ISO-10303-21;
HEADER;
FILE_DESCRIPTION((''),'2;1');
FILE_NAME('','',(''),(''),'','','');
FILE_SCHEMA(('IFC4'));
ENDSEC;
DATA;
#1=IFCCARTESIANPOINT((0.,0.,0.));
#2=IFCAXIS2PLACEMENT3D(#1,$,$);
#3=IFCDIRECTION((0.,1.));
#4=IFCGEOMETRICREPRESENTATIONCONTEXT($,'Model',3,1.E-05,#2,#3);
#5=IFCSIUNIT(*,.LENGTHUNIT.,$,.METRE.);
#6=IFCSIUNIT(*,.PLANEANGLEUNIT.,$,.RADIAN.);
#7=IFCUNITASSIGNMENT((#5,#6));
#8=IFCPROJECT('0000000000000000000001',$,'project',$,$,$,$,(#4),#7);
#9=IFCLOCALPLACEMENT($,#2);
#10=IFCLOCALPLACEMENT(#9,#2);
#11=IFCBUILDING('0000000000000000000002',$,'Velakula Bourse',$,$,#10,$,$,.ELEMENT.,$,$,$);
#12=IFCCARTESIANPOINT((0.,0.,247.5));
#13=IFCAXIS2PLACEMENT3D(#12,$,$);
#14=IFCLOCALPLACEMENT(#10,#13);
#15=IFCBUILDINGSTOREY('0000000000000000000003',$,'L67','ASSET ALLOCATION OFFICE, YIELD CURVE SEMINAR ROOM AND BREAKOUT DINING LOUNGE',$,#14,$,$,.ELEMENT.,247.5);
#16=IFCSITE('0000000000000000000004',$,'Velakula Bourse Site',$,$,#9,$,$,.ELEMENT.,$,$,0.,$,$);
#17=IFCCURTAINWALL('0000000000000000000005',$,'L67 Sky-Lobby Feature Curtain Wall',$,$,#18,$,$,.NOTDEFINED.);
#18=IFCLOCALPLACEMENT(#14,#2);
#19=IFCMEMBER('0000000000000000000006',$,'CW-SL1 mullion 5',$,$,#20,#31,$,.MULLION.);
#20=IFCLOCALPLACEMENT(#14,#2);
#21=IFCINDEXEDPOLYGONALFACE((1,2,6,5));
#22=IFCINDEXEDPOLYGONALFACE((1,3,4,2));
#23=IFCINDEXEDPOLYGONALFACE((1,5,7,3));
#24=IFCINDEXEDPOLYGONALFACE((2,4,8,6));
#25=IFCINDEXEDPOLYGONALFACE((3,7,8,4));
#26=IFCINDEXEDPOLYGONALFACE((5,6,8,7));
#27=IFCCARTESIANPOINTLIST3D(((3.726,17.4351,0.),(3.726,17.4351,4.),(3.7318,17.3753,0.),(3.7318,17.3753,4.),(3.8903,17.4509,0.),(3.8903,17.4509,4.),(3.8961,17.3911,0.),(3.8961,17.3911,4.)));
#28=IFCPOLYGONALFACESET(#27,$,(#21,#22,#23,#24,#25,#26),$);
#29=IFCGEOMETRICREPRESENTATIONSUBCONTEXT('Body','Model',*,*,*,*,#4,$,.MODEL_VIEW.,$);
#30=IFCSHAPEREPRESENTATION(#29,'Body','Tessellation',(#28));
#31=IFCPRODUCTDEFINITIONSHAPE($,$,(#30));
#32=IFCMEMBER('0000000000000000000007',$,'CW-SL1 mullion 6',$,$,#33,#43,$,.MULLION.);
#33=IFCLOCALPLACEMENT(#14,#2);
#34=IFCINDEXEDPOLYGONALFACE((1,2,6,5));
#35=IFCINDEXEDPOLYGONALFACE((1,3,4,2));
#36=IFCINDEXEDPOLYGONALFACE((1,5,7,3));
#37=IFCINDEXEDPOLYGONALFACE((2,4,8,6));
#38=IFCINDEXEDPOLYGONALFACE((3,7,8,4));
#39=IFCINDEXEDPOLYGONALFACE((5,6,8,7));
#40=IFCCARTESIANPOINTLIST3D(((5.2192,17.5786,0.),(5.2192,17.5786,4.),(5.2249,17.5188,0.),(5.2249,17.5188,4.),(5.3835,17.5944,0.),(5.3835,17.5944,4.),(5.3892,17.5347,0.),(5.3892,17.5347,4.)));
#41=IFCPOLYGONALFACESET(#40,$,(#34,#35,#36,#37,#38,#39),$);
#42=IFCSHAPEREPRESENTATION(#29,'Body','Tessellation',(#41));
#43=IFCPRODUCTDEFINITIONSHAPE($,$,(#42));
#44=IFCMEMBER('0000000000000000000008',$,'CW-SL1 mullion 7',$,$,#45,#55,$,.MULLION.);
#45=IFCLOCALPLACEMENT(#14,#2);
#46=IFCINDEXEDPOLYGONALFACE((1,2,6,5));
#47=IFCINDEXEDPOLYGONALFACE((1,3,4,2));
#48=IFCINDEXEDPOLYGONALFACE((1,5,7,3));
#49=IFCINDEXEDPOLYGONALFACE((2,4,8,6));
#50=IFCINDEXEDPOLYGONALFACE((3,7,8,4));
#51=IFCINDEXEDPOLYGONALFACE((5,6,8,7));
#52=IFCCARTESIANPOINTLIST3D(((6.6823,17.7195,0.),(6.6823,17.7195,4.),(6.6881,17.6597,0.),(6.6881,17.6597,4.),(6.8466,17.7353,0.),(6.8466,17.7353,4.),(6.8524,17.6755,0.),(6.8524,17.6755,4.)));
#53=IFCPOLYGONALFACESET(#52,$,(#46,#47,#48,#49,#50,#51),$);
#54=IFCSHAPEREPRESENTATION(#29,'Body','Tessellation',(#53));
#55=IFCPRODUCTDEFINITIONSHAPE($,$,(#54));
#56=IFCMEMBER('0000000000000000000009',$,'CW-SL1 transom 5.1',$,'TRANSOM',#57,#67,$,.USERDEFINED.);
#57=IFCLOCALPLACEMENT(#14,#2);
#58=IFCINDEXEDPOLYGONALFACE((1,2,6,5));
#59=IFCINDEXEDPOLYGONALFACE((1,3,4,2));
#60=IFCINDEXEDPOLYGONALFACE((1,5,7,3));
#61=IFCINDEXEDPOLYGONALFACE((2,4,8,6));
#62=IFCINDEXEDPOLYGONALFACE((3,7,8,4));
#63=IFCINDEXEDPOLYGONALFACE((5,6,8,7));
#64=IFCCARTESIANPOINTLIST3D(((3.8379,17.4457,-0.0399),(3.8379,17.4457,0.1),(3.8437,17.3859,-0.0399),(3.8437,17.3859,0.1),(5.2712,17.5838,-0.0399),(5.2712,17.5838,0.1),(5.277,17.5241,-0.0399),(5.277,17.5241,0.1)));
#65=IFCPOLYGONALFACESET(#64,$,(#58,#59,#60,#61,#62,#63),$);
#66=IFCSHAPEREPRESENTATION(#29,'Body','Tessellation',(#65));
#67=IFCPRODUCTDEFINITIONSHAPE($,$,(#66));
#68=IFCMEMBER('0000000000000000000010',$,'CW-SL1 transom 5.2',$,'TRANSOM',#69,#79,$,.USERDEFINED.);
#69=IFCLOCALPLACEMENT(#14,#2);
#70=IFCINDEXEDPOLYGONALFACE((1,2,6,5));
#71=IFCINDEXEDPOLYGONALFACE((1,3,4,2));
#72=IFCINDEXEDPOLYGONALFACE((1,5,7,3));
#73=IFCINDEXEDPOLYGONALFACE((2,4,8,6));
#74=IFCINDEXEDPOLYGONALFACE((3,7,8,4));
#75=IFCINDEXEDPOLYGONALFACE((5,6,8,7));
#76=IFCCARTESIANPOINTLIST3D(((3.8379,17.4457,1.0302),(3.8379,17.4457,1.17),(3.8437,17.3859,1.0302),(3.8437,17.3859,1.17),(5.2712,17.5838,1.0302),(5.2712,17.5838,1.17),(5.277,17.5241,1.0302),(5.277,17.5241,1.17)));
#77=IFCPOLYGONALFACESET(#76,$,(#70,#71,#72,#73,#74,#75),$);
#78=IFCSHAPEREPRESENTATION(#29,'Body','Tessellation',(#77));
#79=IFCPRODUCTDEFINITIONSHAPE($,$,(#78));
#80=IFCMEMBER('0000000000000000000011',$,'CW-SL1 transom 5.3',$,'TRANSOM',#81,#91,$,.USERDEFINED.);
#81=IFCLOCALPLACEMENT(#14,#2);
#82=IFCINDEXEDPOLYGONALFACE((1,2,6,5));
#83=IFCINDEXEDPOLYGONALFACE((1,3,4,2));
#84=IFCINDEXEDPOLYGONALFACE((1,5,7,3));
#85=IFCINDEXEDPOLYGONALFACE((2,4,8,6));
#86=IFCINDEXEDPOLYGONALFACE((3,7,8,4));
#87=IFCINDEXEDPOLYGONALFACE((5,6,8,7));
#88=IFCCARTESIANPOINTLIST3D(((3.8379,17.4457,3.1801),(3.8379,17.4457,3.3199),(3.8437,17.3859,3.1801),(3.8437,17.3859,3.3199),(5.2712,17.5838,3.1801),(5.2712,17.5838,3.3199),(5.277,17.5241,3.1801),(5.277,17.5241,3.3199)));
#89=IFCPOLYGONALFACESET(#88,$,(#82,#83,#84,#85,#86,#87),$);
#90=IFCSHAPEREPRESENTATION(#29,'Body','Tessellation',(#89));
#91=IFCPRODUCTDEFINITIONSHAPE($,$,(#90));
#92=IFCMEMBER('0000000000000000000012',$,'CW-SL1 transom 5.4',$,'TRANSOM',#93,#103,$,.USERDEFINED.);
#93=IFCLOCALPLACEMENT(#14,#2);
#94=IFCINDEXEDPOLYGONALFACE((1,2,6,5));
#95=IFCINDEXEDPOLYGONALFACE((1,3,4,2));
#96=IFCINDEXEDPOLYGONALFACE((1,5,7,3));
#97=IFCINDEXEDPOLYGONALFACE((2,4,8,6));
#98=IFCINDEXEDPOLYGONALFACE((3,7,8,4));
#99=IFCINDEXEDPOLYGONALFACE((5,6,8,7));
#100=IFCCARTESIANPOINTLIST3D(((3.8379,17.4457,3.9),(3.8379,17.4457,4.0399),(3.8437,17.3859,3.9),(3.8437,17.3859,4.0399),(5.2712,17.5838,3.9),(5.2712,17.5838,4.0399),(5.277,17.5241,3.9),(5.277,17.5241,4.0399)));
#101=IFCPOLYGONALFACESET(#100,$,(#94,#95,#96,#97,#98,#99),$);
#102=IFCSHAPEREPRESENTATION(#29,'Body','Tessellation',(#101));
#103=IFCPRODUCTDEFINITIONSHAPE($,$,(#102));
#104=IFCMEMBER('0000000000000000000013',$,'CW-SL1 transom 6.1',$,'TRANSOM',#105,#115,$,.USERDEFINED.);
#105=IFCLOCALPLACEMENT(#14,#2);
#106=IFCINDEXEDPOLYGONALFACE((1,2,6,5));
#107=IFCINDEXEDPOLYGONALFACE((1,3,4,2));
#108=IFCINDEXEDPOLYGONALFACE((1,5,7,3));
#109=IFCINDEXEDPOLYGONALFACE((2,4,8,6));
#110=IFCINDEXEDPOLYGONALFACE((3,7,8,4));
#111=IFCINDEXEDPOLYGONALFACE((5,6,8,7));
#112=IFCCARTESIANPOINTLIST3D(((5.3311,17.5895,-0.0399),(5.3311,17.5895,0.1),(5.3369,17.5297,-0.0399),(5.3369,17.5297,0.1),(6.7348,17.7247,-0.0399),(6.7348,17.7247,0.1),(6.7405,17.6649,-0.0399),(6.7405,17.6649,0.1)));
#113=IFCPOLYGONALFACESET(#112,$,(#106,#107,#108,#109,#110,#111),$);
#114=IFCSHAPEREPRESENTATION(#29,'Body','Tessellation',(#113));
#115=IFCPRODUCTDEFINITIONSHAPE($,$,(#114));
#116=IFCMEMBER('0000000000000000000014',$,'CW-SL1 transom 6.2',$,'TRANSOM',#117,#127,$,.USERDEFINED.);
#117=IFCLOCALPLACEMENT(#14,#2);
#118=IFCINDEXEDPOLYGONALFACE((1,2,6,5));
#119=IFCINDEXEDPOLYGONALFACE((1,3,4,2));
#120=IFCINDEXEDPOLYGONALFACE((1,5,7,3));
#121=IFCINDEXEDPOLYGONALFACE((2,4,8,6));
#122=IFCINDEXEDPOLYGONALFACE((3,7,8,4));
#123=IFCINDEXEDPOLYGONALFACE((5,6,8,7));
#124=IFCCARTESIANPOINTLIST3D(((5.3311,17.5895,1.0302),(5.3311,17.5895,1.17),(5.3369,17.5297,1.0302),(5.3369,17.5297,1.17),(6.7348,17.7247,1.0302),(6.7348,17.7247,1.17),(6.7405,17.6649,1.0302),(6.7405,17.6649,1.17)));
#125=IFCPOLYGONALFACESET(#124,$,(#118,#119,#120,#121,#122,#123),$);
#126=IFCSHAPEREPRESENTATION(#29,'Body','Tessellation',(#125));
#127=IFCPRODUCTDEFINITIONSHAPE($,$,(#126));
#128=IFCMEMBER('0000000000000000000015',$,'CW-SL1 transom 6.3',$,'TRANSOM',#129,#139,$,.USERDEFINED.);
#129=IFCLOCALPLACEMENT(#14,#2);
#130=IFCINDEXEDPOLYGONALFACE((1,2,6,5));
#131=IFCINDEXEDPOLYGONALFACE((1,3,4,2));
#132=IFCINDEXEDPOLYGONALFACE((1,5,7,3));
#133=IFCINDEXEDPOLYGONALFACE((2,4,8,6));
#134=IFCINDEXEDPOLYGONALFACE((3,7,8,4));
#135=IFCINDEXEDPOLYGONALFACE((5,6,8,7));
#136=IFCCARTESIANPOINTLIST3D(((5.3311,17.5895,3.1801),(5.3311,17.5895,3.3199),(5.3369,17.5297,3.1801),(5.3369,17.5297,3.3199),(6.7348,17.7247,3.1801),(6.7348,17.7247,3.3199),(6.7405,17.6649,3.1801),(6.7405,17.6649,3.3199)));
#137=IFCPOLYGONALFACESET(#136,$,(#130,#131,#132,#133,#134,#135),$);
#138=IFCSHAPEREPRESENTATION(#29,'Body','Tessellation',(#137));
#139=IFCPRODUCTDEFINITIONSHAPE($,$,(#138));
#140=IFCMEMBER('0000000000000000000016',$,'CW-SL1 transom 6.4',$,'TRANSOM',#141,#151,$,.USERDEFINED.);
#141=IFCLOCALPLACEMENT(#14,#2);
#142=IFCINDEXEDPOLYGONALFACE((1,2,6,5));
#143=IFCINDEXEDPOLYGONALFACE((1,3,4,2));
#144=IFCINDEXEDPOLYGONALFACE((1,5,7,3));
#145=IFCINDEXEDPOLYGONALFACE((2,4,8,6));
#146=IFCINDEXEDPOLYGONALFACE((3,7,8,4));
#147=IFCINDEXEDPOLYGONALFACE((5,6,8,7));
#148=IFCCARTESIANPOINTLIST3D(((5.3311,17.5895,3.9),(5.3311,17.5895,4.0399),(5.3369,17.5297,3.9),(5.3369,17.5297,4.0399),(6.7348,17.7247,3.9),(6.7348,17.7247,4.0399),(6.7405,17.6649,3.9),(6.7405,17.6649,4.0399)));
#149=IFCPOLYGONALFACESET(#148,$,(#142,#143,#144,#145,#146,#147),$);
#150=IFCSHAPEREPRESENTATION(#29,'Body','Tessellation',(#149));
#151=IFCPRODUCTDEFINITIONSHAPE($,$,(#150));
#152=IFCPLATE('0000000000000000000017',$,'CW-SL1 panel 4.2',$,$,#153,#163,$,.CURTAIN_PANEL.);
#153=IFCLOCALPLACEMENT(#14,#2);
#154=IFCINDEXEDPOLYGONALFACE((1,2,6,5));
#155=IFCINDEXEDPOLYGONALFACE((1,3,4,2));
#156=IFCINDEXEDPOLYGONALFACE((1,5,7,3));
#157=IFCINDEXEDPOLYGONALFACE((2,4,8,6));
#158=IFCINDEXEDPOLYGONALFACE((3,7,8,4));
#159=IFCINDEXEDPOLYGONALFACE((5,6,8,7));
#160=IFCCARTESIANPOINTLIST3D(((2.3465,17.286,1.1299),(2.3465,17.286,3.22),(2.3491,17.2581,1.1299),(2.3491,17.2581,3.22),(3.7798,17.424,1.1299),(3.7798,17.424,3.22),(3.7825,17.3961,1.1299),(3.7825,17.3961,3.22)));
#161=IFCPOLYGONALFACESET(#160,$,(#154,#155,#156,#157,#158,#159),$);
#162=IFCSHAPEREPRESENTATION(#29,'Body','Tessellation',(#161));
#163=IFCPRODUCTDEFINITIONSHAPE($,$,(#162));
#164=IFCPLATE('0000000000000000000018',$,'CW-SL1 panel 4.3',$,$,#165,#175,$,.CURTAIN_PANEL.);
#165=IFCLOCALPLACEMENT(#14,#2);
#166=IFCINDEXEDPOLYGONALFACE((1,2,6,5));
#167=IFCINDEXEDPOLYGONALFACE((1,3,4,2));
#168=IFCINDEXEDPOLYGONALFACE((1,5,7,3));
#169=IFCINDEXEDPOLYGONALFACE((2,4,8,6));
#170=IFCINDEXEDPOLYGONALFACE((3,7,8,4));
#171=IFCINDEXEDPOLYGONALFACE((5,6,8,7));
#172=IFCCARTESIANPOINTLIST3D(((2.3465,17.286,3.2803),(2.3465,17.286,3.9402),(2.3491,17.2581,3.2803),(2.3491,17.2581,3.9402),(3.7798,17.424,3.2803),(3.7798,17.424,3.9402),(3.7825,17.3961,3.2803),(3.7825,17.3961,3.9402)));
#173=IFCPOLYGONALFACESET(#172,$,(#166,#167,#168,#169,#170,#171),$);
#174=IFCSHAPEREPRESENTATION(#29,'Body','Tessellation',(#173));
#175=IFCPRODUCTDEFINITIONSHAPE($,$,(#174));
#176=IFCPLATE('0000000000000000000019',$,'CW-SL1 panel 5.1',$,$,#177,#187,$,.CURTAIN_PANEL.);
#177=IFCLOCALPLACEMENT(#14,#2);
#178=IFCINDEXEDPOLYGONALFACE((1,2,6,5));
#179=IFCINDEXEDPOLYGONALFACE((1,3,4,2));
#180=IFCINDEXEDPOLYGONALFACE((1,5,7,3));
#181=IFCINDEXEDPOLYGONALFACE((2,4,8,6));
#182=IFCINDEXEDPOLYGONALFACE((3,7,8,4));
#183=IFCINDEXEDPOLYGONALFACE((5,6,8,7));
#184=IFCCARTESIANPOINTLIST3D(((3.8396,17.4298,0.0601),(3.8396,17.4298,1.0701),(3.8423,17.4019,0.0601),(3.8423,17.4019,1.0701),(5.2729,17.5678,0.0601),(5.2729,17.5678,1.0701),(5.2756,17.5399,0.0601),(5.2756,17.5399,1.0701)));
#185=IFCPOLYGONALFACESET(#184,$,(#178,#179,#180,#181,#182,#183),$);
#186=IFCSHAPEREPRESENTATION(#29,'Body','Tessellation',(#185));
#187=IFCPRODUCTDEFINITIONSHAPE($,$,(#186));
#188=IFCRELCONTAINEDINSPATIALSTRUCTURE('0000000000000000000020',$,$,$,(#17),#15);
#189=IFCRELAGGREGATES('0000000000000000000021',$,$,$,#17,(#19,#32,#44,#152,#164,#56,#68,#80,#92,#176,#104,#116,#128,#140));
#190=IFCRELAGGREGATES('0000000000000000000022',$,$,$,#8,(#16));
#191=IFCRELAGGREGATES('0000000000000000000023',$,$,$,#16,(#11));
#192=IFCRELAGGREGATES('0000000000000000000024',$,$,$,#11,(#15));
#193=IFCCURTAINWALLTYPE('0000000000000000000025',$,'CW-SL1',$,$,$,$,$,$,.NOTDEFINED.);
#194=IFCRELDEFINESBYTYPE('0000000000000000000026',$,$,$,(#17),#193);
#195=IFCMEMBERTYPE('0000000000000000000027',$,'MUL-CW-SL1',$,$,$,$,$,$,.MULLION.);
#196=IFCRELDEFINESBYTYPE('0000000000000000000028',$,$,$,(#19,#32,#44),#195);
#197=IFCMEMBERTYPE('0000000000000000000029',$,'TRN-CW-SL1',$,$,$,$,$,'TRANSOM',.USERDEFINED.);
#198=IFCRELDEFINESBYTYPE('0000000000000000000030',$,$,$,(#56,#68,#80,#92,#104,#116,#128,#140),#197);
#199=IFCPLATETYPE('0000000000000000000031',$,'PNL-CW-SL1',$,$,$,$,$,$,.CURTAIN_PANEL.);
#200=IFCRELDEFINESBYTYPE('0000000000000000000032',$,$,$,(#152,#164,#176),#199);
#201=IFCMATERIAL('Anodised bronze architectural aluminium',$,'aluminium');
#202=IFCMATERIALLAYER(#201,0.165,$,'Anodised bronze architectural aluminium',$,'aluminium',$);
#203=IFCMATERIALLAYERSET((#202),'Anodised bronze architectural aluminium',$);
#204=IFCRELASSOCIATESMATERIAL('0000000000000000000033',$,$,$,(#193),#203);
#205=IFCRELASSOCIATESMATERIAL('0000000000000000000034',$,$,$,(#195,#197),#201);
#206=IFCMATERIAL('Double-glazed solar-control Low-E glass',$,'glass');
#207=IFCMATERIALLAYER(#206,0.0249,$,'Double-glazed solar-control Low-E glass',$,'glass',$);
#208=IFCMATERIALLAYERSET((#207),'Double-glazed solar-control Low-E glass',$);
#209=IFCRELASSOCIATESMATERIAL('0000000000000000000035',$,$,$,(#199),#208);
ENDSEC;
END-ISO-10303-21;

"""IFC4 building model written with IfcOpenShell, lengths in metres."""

from ifc_helpers import new_model, si_unit, direction, frame, origin, origin_2d, place, context, subcontext, project, spatial, rectangle, extrude, material, layer, layer_set, material_profile, profile_set, type_object, element, aggregate, save


model = new_model("IFC4")

# Units and contexts
model_context = context("Model", 3, precision=1e-05, world=origin(), true_north=direction((0.0, 1.0)))
body_context = subcontext(model_context, "Body", "Model", "MODEL_VIEW")
ifc_project = project(units=[si_unit("LENGTHUNIT", "METRE"), si_unit("PLANEANGLEUNIT", "RADIAN")], contexts=[model_context])

# Site, building, storey
site_placement = place(None, origin())
site = spatial("IfcSite", under=ifc_project, at=site_placement, Name="Velakula Bourse Site", CompositionType="ELEMENT", RefElevation=0.0)
building_placement = place(site_placement, origin())
building = spatial("IfcBuilding", under=site, at=building_placement, Name="Velakula Bourse", CompositionType="ELEMENT")
storey_placement = place(building_placement, frame((0.0, 0.0, 247.5)))
storey = spatial("IfcBuildingStorey", under=building, at=storey_placement, Name="L67", Description="ASSET ALLOCATION OFFICE, YIELD CURVE SEMINAR ROOM AND BREAKOUT DINING LOUNGE", CompositionType="ELEMENT", Elevation=247.5)

# Curtain wall, members, plates
ifc_material_1 = material(Name="Anodised bronze architectural aluminium", Category="aluminium")
ifc_layer_1 = layer(ifc_material_1, 0.165, Name="Anodised bronze architectural aluminium", Category="aluminium")
ifc_layer_set_1 = layer_set([ifc_layer_1], Name="Anodised bronze architectural aluminium")
curtain_wall_type = type_object("IfcCurtainWallType", Name="CW-SL1", PredefinedType="NOTDEFINED", material=ifc_layer_set_1)
curtain_wall_placement = place(storey_placement, origin())
curtain_wall = element("IfcCurtainWall", 1, at=curtain_wall_placement, inside=storey, type_object=curtain_wall_type, Name="L67 Sky-Lobby Feature Curtain Wall", PredefinedType="NOTDEFINED")
ifc_material_profile_1 = material_profile(ifc_material_1, rectangle(XDim=0.0601, YDim=0.165, at=origin_2d()), Name="Anodised bronze architectural aluminium")
ifc_profile_set_1 = profile_set([ifc_material_profile_1], Name="Anodised bronze architectural aluminium")
member_type_1 = type_object("IfcMemberType", Name="MUL-CW-SL1", PredefinedType="MULLION", material=ifc_profile_set_1)
member_1_placement = place(storey_placement, frame((3.811, 17.4131, 0.0), z_axis=(0.0, 0.0, 1.0), x_axis=(-0.095844, 0.995396, 0.0)))
member_1 = element("IfcMember", 2, at=member_1_placement, type_object=member_type_1, Name="CW-SL1 mullion 5", PredefinedType="MULLION", context=body_context, shape_type="SweptSolid", body=[
    extrude(rectangle(XDim=0.0601, YDim=0.165, at=origin_2d()), origin(), (0.0, 0.0, 1.0), 4.0),
])
member_2_placement = place(storey_placement, frame((5.3042, 17.5566, 0.0), z_axis=(0.0, 0.0, 1.0), x_axis=(-0.095844, 0.995396, 0.0)))
member_2 = element("IfcMember", 3, at=member_2_placement, type_object=member_type_1, Name="CW-SL1 mullion 6", PredefinedType="MULLION", context=body_context, shape_type="SweptSolid", body=[
    extrude(rectangle(XDim=0.0601, YDim=0.165, at=origin_2d()), origin(), (0.0, 0.0, 1.0), 4.0),
])
member_3_placement = place(storey_placement, frame((6.7673, 17.6975, 0.0), z_axis=(0.0, 0.0, 1.0), x_axis=(-0.095844, 0.995396, 0.0)))
member_3 = element("IfcMember", 4, at=member_3_placement, type_object=member_type_1, Name="CW-SL1 mullion 7", PredefinedType="MULLION", context=body_context, shape_type="SweptSolid", body=[
    extrude(rectangle(XDim=0.0601, YDim=0.165, at=origin_2d()), origin(), (0.0, 0.0, 1.0), 4.0),
])
ifc_material_profile_2 = material_profile(ifc_material_1, rectangle(XDim=0.0601, YDim=0.1399, at=origin_2d()), Name="Anodised bronze architectural aluminium")
ifc_profile_set_2 = profile_set([ifc_material_profile_2], Name="Anodised bronze architectural aluminium")
member_type_2 = type_object("IfcMemberType", Name="TRN-CW-SL1", ElementType="TRANSOM", PredefinedType="USERDEFINED", material=ifc_profile_set_2)
member_4_placement = place(storey_placement, frame((3.8408, 17.4158, 0.03), z_axis=(0.995385, 0.095961, 0.0), x_axis=(-0.095961, 0.995385, 0.0)))
member_4 = element("IfcMember", 5, at=member_4_placement, type_object=member_type_2, Name="CW-SL1 transom 5.1", ObjectType="TRANSOM", PredefinedType="USERDEFINED", context=body_context, shape_type="SweptSolid", body=[
    extrude(rectangle(XDim=0.0601, YDim=0.1399, at=origin_2d()), origin(), (0.0, 0.0, 1.0), 1.4399),
])
member_5_placement = place(storey_placement, frame((3.8408, 17.4158, 1.1001), z_axis=(0.995385, 0.095961, 0.0), x_axis=(-0.095961, 0.995385, 0.0)))
member_5 = element("IfcMember", 6, at=member_5_placement, type_object=member_type_2, Name="CW-SL1 transom 5.2", ObjectType="TRANSOM", PredefinedType="USERDEFINED", context=body_context, shape_type="SweptSolid", body=[
    extrude(rectangle(XDim=0.0601, YDim=0.1399, at=origin_2d()), origin(), (0.0, 0.0, 1.0), 1.4399),
])
member_6_placement = place(storey_placement, frame((3.8408, 17.4158, 3.25), z_axis=(0.995385, 0.095961, 0.0), x_axis=(-0.095961, 0.995385, 0.0)))
member_6 = element("IfcMember", 7, at=member_6_placement, type_object=member_type_2, Name="CW-SL1 transom 5.3", ObjectType="TRANSOM", PredefinedType="USERDEFINED", context=body_context, shape_type="SweptSolid", body=[
    extrude(rectangle(XDim=0.0601, YDim=0.1399, at=origin_2d()), origin(), (0.0, 0.0, 1.0), 1.4399),
])
member_7_placement = place(storey_placement, frame((3.8408, 17.4158, 3.97), z_axis=(0.995385, 0.095961, 0.0), x_axis=(-0.095961, 0.995385, 0.0)))
member_7 = element("IfcMember", 8, at=member_7_placement, type_object=member_type_2, Name="CW-SL1 transom 5.4", ObjectType="TRANSOM", PredefinedType="USERDEFINED", context=body_context, shape_type="SweptSolid", body=[
    extrude(rectangle(XDim=0.0601, YDim=0.1399, at=origin_2d()), origin(), (0.0, 0.0, 1.0), 1.4399),
])
member_8_placement = place(storey_placement, frame((5.334, 17.5596, 0.03), z_axis=(0.995389, 0.09592, 0.0), x_axis=(-0.09592, 0.995389, 0.0)))
member_8 = element("IfcMember", 9, at=member_8_placement, type_object=member_type_2, Name="CW-SL1 transom 6.1", ObjectType="TRANSOM", PredefinedType="USERDEFINED", context=body_context, shape_type="SweptSolid", body=[
    extrude(rectangle(XDim=0.0601, YDim=0.1399, at=origin_2d()), origin(), (0.0, 0.0, 1.0), 1.4102),
])
member_9_placement = place(storey_placement, frame((5.334, 17.5596, 1.1001), z_axis=(0.995389, 0.09592, 0.0), x_axis=(-0.09592, 0.995389, 0.0)))
member_9 = element("IfcMember", 10, at=member_9_placement, type_object=member_type_2, Name="CW-SL1 transom 6.2", ObjectType="TRANSOM", PredefinedType="USERDEFINED", context=body_context, shape_type="SweptSolid", body=[
    extrude(rectangle(XDim=0.0601, YDim=0.1399, at=origin_2d()), origin(), (0.0, 0.0, 1.0), 1.4102),
])
member_10_placement = place(storey_placement, frame((5.334, 17.5596, 3.25), z_axis=(0.995389, 0.09592, 0.0), x_axis=(-0.09592, 0.995389, 0.0)))
member_10 = element("IfcMember", 11, at=member_10_placement, type_object=member_type_2, Name="CW-SL1 transom 6.3", ObjectType="TRANSOM", PredefinedType="USERDEFINED", context=body_context, shape_type="SweptSolid", body=[
    extrude(rectangle(XDim=0.0601, YDim=0.1399, at=origin_2d()), origin(), (0.0, 0.0, 1.0), 1.4102),
])
member_11_placement = place(storey_placement, frame((5.334, 17.5596, 3.97), z_axis=(0.995389, 0.09592, 0.0), x_axis=(-0.09592, 0.995389, 0.0)))
member_11 = element("IfcMember", 12, at=member_11_placement, type_object=member_type_2, Name="CW-SL1 transom 6.4", ObjectType="TRANSOM", PredefinedType="USERDEFINED", context=body_context, shape_type="SweptSolid", body=[
    extrude(rectangle(XDim=0.0601, YDim=0.1399, at=origin_2d()), origin(), (0.0, 0.0, 1.0), 1.4102),
])
ifc_material_2 = material(Name="Double-glazed solar-control Low-E glass", Category="glass")
ifc_layer_2 = layer(ifc_material_2, 0.0249, Name="Double-glazed solar-control Low-E glass", Category="glass")
ifc_layer_set_2 = layer_set([ifc_layer_2], Name="Double-glazed solar-control Low-E glass")
plate_type = type_object("IfcPlateType", Name="PNL-CW-SL1", PredefinedType="CURTAIN_PANEL", material=ifc_layer_set_2)
plate_1_placement = place(storey_placement, frame((3.0645, 17.3411, 1.1299), z_axis=(0.0, 0.0, 1.0), x_axis=(0.995396, 0.095844, 0.0)))
plate_1 = element("IfcPlate", 13, at=plate_1_placement, type_object=plate_type, Name="CW-SL1 panel 4.2", PredefinedType="CURTAIN_PANEL", context=body_context, shape_type="SweptSolid", body=[
    extrude(rectangle(XDim=1.4399, YDim=0.0281, at=origin_2d()), origin(), (0.0, 0.0, 1.0), 2.0901),
])
plate_2_placement = place(storey_placement, frame((3.0645, 17.3411, 3.2803), z_axis=(0.0, 0.0, 1.0), x_axis=(0.995396, 0.095844, 0.0)))
plate_2 = element("IfcPlate", 14, at=plate_2_placement, type_object=plate_type, Name="CW-SL1 panel 4.3", PredefinedType="CURTAIN_PANEL", context=body_context, shape_type="SweptSolid", body=[
    extrude(rectangle(XDim=1.4399, YDim=0.0281, at=origin_2d()), origin(), (0.0, 0.0, 1.0), 0.6599),
])
plate_3_placement = place(storey_placement, frame((4.5576, 17.4849, 0.0601), z_axis=(0.0, 0.0, 1.0), x_axis=(0.995396, 0.095844, 0.0)))
plate_3 = element("IfcPlate", 15, at=plate_3_placement, type_object=plate_type, Name="CW-SL1 panel 5.1", PredefinedType="CURTAIN_PANEL", context=body_context, shape_type="SweptSolid", body=[
    extrude(rectangle(XDim=1.4399, YDim=0.0281, at=origin_2d()), origin(), (0.0, 0.0, 1.0), 1.01),
])
aggregate(curtain_wall, [member_1, member_2, member_3, plate_1, plate_2, member_4, member_5, member_6, member_7, plate_3, member_8, member_9, member_10, member_11])

save(model, "model.ifc")
